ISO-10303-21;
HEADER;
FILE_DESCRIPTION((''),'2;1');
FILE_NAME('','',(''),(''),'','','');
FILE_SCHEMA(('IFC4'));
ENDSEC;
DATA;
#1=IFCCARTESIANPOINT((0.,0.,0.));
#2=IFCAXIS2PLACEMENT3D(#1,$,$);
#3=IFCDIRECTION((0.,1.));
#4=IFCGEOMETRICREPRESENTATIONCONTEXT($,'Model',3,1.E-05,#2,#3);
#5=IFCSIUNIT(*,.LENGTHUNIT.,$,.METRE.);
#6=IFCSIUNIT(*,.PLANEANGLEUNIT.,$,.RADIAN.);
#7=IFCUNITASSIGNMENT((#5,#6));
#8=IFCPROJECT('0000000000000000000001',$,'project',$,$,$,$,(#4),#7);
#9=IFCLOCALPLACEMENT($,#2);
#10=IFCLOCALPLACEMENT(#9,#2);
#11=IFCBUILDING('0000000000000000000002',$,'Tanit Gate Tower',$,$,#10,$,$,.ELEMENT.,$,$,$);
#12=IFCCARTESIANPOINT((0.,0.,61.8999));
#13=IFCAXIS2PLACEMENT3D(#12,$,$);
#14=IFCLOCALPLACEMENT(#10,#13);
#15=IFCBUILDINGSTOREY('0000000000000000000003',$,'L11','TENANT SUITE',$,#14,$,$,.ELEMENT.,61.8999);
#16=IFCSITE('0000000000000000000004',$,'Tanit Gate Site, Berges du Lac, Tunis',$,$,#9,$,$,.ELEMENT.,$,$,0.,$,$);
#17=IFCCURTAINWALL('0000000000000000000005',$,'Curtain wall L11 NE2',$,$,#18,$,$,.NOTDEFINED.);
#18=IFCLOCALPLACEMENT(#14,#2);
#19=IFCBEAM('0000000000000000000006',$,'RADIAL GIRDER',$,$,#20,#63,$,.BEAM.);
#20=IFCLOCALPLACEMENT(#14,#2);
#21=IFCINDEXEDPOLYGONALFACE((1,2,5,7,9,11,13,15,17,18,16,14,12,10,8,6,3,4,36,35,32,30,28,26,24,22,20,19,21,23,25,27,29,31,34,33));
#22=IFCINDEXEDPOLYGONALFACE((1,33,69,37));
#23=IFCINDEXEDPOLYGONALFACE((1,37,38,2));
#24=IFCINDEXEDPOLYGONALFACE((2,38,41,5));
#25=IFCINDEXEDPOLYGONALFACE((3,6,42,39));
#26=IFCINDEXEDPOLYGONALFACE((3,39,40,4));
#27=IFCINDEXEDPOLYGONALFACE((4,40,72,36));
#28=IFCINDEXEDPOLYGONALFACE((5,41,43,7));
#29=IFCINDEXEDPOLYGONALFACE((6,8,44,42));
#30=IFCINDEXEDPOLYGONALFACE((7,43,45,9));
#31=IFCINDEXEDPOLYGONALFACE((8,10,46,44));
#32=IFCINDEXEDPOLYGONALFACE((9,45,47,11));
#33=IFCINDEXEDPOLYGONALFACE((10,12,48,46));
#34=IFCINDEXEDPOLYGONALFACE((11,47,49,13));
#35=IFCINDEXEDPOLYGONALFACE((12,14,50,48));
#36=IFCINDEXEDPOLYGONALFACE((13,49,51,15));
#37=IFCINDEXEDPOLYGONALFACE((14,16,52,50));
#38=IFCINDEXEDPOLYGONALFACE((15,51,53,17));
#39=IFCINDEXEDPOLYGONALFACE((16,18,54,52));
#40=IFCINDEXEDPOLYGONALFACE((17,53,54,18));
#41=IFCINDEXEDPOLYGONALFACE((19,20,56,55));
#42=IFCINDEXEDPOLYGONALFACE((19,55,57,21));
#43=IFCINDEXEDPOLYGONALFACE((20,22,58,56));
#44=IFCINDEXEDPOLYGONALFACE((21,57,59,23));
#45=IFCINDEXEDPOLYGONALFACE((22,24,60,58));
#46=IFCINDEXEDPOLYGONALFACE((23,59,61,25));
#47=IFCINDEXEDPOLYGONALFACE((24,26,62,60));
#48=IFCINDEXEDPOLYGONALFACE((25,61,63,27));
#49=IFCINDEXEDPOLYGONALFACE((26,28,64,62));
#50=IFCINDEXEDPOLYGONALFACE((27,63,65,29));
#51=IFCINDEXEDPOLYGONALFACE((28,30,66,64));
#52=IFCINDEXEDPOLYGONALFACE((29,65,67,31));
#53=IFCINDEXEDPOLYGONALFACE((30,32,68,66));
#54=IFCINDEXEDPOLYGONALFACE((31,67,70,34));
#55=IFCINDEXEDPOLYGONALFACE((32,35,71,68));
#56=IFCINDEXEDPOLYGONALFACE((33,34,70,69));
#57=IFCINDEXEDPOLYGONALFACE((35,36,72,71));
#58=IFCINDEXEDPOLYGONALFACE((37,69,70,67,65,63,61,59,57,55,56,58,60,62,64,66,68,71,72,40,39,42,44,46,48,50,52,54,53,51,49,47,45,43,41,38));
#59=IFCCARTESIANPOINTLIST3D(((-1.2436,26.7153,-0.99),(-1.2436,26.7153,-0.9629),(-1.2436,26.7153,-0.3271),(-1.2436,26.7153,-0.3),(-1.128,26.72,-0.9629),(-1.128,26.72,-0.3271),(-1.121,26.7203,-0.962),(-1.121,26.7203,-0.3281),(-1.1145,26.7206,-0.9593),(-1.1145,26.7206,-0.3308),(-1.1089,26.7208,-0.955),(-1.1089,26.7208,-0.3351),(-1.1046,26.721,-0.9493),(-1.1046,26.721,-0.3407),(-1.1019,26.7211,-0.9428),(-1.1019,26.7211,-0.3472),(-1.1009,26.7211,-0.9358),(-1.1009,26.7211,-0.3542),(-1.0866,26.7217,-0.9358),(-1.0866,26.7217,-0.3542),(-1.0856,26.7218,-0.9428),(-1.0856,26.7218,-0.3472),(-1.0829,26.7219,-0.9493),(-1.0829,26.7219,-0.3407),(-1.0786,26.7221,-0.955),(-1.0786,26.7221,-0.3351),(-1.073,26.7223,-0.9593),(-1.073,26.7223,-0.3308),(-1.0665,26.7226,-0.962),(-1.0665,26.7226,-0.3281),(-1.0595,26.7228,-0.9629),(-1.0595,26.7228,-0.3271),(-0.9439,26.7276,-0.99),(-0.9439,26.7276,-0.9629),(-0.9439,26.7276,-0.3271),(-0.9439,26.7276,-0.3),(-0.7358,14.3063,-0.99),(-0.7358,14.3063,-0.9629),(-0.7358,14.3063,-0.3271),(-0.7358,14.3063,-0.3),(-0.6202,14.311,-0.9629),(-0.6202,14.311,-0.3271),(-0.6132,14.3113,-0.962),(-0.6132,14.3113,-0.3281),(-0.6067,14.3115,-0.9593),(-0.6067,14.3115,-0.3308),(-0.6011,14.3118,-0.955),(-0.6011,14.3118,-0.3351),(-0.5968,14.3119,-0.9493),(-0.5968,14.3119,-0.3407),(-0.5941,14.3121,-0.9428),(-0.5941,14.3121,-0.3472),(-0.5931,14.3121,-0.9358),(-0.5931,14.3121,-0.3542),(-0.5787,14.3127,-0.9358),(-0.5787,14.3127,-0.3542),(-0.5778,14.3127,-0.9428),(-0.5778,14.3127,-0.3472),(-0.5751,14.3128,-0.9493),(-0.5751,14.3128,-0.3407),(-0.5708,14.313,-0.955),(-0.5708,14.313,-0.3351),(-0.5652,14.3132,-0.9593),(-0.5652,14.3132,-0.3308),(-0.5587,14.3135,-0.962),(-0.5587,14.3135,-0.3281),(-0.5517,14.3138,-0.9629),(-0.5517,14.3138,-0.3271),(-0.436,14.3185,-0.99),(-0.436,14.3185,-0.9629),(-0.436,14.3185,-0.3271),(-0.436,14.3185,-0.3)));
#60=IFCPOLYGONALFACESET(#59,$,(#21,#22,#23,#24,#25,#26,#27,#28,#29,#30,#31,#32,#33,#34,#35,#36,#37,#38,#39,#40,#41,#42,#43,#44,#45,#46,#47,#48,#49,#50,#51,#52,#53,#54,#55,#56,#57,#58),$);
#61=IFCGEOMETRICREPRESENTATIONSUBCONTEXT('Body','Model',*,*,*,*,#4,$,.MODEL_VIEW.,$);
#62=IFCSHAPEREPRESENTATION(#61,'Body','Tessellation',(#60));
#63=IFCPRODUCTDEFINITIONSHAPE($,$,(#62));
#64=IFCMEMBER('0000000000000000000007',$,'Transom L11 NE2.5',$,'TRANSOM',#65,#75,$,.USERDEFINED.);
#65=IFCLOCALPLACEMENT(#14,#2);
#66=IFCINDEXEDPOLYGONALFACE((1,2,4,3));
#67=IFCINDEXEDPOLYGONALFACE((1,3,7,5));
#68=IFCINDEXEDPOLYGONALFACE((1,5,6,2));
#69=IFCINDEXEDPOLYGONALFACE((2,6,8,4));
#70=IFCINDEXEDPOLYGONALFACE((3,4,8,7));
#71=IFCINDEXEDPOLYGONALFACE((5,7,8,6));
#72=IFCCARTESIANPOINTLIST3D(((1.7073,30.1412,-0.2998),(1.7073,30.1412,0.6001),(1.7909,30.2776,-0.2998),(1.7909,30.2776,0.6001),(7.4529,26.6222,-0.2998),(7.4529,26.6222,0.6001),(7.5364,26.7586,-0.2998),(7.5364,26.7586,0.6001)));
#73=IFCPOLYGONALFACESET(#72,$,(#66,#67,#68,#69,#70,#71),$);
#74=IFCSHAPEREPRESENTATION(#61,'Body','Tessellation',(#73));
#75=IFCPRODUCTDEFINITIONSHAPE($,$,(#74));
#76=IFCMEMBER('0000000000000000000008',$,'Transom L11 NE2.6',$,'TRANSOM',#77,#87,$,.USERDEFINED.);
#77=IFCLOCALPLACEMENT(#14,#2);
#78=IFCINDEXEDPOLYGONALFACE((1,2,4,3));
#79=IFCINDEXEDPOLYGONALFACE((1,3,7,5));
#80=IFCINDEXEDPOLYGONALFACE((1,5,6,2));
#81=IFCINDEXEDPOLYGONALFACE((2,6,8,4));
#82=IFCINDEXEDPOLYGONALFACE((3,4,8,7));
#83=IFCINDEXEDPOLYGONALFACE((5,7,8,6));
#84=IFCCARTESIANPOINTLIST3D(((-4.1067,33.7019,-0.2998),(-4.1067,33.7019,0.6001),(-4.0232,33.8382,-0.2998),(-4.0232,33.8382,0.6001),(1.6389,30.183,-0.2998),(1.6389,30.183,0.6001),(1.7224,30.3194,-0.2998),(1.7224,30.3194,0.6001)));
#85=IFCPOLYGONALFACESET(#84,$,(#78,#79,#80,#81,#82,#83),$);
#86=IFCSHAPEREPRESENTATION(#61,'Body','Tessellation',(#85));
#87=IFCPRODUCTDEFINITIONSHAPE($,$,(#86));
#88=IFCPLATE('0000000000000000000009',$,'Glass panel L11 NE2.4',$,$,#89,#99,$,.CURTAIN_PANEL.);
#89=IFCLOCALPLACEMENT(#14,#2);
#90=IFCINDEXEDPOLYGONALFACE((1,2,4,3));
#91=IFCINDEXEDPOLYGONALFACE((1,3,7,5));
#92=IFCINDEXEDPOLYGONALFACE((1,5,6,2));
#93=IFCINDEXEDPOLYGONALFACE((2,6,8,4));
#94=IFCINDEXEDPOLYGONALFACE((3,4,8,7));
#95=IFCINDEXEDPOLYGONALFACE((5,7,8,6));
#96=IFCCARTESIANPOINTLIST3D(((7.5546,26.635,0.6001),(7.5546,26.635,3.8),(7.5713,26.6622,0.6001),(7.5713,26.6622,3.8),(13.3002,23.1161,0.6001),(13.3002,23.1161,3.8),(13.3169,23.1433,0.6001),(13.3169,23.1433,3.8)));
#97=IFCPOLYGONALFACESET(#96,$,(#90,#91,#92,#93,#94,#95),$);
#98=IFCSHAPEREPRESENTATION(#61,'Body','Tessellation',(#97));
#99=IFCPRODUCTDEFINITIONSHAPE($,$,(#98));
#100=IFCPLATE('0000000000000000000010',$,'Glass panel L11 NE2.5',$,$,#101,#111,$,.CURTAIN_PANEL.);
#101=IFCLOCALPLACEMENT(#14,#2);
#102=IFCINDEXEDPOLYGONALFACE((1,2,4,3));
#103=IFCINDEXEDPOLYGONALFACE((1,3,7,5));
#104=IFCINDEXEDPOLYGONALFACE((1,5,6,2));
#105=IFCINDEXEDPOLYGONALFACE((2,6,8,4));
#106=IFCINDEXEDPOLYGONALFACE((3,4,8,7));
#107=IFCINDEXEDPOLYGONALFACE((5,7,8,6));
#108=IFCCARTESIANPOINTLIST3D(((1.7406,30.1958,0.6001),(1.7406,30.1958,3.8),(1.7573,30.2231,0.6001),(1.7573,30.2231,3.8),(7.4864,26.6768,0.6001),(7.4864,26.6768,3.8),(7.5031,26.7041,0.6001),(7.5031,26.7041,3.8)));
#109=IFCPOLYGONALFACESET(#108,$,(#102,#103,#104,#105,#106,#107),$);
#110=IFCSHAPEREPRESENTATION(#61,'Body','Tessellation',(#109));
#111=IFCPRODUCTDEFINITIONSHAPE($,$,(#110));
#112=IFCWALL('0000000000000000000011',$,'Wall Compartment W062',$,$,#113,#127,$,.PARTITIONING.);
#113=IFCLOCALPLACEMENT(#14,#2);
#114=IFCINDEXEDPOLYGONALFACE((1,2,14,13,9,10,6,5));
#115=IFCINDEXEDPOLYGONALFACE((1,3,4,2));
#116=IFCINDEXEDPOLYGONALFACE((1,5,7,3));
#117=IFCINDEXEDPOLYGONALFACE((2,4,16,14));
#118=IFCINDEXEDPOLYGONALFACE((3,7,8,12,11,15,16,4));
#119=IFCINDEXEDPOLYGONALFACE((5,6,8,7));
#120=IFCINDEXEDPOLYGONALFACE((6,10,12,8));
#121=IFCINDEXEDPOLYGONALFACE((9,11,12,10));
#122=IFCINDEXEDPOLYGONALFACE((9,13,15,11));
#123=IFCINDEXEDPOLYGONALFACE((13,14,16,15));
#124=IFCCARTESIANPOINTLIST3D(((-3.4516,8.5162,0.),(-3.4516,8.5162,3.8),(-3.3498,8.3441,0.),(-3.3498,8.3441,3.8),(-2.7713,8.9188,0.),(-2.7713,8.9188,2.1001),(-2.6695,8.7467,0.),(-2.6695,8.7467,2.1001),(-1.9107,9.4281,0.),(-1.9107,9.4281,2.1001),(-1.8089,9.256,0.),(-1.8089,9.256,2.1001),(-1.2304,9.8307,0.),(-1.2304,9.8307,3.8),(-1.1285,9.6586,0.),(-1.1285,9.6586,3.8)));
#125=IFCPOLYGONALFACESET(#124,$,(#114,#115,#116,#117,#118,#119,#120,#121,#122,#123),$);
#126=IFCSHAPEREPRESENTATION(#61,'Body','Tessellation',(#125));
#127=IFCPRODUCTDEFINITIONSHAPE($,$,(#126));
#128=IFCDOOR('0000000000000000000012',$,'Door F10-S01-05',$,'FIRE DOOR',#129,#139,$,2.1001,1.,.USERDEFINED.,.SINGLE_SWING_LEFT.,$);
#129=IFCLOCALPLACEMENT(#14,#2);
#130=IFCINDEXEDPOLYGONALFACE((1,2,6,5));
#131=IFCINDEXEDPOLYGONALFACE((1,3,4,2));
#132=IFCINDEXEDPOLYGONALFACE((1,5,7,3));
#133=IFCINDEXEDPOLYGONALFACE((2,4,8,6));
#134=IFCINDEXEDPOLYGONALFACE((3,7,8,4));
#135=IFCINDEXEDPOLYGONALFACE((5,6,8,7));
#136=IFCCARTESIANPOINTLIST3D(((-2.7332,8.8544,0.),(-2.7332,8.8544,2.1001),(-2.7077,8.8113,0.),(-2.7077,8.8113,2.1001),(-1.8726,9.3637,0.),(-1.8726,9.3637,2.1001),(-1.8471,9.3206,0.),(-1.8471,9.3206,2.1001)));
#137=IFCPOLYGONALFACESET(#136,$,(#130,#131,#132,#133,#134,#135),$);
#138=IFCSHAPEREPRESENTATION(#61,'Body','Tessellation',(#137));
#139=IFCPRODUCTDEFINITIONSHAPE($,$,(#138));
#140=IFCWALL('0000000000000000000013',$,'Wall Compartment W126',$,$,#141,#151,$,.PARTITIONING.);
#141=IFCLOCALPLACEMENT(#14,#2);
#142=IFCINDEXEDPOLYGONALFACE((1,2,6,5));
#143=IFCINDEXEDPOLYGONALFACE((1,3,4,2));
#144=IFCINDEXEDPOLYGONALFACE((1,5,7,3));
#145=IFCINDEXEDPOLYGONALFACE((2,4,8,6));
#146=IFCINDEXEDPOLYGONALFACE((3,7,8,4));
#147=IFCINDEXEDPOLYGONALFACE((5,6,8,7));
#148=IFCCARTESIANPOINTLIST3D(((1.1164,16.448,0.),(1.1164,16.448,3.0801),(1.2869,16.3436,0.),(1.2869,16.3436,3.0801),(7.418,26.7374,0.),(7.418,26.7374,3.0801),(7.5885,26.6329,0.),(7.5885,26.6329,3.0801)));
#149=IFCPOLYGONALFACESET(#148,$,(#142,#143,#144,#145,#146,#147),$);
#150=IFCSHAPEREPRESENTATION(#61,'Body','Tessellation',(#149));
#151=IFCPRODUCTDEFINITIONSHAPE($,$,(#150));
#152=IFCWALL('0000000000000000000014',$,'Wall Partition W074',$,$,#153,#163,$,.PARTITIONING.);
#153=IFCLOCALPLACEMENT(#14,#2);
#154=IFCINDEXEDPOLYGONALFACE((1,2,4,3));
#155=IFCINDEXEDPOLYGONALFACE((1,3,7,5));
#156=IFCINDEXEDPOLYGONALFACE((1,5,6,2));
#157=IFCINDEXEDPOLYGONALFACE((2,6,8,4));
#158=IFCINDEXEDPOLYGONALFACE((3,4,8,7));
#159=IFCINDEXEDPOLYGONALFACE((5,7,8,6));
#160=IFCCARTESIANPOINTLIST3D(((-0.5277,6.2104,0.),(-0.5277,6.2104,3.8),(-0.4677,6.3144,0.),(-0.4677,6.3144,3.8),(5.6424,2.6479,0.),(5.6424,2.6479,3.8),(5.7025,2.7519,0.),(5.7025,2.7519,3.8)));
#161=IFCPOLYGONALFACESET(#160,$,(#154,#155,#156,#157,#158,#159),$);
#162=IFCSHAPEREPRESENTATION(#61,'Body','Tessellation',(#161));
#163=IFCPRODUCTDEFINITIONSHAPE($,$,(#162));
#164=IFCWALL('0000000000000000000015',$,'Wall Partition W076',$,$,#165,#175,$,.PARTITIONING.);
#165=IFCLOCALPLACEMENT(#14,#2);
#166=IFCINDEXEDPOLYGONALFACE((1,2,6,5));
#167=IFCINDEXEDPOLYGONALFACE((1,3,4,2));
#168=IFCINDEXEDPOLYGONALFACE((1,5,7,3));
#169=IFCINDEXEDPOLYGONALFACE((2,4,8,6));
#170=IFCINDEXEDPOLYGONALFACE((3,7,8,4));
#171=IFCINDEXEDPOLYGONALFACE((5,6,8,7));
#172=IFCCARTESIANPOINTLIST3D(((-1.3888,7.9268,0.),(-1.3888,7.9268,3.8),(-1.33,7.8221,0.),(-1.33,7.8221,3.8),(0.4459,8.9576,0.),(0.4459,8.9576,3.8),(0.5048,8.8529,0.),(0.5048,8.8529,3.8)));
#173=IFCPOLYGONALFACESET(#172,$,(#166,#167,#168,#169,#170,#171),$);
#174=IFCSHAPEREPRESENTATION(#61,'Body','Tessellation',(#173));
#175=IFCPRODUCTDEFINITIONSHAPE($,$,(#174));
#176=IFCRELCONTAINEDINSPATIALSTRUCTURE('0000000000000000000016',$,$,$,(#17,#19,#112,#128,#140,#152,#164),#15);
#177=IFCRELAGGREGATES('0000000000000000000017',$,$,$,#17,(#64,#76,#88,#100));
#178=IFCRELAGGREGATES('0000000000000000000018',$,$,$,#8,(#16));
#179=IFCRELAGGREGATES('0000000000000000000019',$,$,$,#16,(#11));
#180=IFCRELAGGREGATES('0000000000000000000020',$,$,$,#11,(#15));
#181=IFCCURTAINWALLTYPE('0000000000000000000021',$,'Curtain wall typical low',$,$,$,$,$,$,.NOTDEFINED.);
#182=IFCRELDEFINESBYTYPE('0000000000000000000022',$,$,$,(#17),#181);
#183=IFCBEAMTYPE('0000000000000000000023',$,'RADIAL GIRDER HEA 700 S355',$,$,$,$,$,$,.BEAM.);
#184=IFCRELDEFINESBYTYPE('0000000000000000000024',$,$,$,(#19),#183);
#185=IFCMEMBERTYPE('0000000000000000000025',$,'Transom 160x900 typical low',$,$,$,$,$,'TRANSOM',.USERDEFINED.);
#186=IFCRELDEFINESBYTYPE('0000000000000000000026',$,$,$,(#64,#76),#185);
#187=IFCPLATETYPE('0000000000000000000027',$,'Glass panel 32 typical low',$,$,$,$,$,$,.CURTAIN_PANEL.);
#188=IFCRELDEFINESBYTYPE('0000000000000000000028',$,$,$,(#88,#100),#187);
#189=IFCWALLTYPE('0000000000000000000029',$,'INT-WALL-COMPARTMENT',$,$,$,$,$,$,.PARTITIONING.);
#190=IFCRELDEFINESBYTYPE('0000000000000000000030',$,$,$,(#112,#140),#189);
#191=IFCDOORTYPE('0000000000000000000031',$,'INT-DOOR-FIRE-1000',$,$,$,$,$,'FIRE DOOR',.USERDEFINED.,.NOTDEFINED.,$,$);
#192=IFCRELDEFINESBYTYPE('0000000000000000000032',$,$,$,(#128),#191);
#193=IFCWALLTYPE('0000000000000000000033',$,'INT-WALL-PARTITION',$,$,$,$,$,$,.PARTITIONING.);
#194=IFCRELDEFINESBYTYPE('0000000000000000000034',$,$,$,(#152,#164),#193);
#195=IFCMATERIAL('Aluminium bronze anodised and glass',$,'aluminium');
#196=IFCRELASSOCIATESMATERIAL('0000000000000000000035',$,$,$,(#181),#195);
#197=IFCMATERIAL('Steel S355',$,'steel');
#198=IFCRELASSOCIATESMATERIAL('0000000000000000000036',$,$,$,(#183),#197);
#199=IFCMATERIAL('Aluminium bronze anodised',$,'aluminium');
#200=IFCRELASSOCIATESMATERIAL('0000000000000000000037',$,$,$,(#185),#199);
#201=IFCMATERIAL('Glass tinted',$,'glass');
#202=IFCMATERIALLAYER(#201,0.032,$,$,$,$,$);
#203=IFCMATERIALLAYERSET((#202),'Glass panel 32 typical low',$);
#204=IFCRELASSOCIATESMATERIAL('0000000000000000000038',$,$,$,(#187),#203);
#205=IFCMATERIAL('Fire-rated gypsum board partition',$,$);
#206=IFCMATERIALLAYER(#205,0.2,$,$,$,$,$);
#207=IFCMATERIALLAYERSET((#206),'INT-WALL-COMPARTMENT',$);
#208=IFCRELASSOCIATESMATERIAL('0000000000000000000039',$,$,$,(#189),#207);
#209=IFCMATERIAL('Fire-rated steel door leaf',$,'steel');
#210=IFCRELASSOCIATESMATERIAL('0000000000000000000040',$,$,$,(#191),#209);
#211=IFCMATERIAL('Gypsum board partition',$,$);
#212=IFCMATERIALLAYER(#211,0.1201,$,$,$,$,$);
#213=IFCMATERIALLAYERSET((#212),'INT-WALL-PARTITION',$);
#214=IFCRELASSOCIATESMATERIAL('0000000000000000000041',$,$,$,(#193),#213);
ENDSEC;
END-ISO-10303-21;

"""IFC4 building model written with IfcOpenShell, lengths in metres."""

from ifc_helpers import new_model, si_unit, direction, frame, frame_2d, origin, origin_2d, place, context, subcontext, project, spatial, rectangle, i_section, extrude, material, layer, layer_set, material_profile, profile_set, type_object, element, fill, aggregate, save


model = new_model("IFC4")

# Units and contexts
model_context = context("Model", 3, precision=1e-05, world=origin(), true_north=direction((0.0, 1.0)))
body_context = subcontext(model_context, "Body", "Model", "MODEL_VIEW")
ifc_project = project(units=[si_unit("LENGTHUNIT", "METRE"), si_unit("PLANEANGLEUNIT", "RADIAN")], contexts=[model_context])

# Site, building, storey
site_placement = place(None, origin())
site = spatial("IfcSite", under=ifc_project, at=site_placement, Name="Tanit Gate Site, Berges du Lac, Tunis", CompositionType="ELEMENT", RefElevation=0.0)
building_placement = place(site_placement, origin())
building = spatial("IfcBuilding", under=site, at=building_placement, Name="Tanit Gate Tower", CompositionType="ELEMENT")
storey_placement = place(building_placement, frame((0.0, 0.0, 61.8999)))
storey = spatial("IfcBuildingStorey", under=building, at=storey_placement, Name="L11", Description="TENANT SUITE", CompositionType="ELEMENT", Elevation=61.8999)

# Curtain wall
ifc_material_1 = material(Name="Aluminium bronze anodised and glass", Category="aluminium")
curtain_wall_type = type_object("IfcCurtainWallType", Name="Curtain wall typical low", PredefinedType="NOTDEFINED", material=ifc_material_1)
curtain_wall_placement = place(storey_placement, origin())
curtain_wall = element("IfcCurtainWall", 1, at=curtain_wall_placement, inside=storey, type_object=curtain_wall_type, Name="Curtain wall L11 NE2", PredefinedType="NOTDEFINED")

# Beam
ifc_material_2 = material(Name="Steel S355", Category="steel")
ifc_material_profile_1 = material_profile(ifc_material_2, i_section(OverallWidth=0.3, OverallDepth=0.6899, WebThickness=0.0144, FlangeThickness=0.0271, FilletRadius=0.0271, at=origin_2d()), Name="HEA 700")
ifc_profile_set_1 = profile_set([ifc_material_profile_1], Name="Steel S355")
beam_type = type_object("IfcBeamType", Name="RADIAL GIRDER HEA 700 S355", PredefinedType="BEAM", material=ifc_profile_set_1)
beam_1_placement = place(storey_placement, frame((-1.0938, 26.7214, -0.645), z_axis=(0.040889, -0.999164, 0.0), x_axis=(0.999164, 0.040889, 0.0)))
element("IfcBeam", 2, at=beam_1_placement, inside=storey, type_object=beam_type, Name="RADIAL GIRDER", PredefinedType="BEAM", context=body_context, shape_type="SweptSolid", body=[
    extrude(i_section(OverallWidth=0.3, OverallDepth=0.6899, WebThickness=0.0144, FlangeThickness=0.0271, FilletRadius=0.0271, at=origin_2d()), origin(), (0.0, 0.0, 1.0), 12.4194),
])

# Members
ifc_material_3 = material(Name="Aluminium bronze anodised", Category="aluminium")
ifc_material_profile_2 = material_profile(ifc_material_3, rectangle(XDim=0.1599, YDim=0.8999, at=origin_2d()), Name="160x900 bronze transom")
ifc_profile_set_2 = profile_set([ifc_material_profile_2], Name="Aluminium bronze anodised")
member_type_1 = type_object("IfcMemberType", Name="Transom 160x900 typical low", ElementType="TRANSOM", PredefinedType="USERDEFINED", material=ifc_profile_set_2)
member_1_placement = place(storey_placement, frame((7.4946, 26.6904, 0.1501), z_axis=(-0.852764, 0.522297, 0.0), x_axis=(-0.522297, -0.852764, 0.0)))
member_1 = element("IfcMember", 3, at=member_1_placement, type_object=member_type_1, Name="Transom L11 NE2.5", ObjectType="TRANSOM", PredefinedType="USERDEFINED", context=body_context, shape_type="SweptSolid", body=[
    extrude(rectangle(XDim=0.1599, YDim=0.8999, at=origin_2d()), origin(), (0.0, 0.0, 1.0), 6.7375),
])
member_2_placement = place(storey_placement, frame((1.6807, 30.2512, 0.1501), z_axis=(-0.85278, 0.522271, 0.0), x_axis=(-0.522271, -0.85278, 0.0)))
member_2 = element("IfcMember", 4, at=member_2_placement, type_object=member_type_1, Name="Transom L11 NE2.6", ObjectType="TRANSOM", PredefinedType="USERDEFINED", context=body_context, shape_type="SweptSolid", body=[
    extrude(rectangle(XDim=0.1599, YDim=0.8999, at=origin_2d()), origin(), (0.0, 0.0, 1.0), 6.7375),
])

# Plates
ifc_material_4 = material(Name="Glass tinted", Category="glass")
ifc_layer_1 = layer(ifc_material_4, 0.032)
ifc_layer_set_1 = layer_set([ifc_layer_1], Name="Glass panel 32 typical low")
plate_type = type_object("IfcPlateType", Name="Glass panel 32 typical low", PredefinedType="CURTAIN_PANEL", material=ifc_layer_set_1)
plate_1_placement = place(storey_placement, frame((10.4358, 24.8892, 0.6001), z_axis=(0.0, 0.0, 1.0), x_axis=(-0.852772, 0.522283, 0.0)))
plate_1 = element("IfcPlate", 5, at=plate_1_placement, type_object=plate_type, Name="Glass panel L11 NE2.4", PredefinedType="CURTAIN_PANEL", context=body_context, shape_type="SweptSolid", body=[
    extrude(rectangle(XDim=6.7375, YDim=0.032, at=origin_2d()), origin(), (0.0, 0.0, 1.0), 3.2),
])
plate_2_placement = place(storey_placement, frame((4.6218, 28.45, 0.6001), z_axis=(0.0, 0.0, 1.0), x_axis=(-0.852772, 0.522283, 0.0)))
plate_2 = element("IfcPlate", 6, at=plate_2_placement, type_object=plate_type, Name="Glass panel L11 NE2.5", PredefinedType="CURTAIN_PANEL", context=body_context, shape_type="SweptSolid", body=[
    extrude(rectangle(XDim=6.7378, YDim=0.032, at=origin_2d()), origin(), (0.0, 0.0, 1.0), 3.2),
])
aggregate(curtain_wall, [member_1, member_2, plate_1, plate_2])

# Wall, opening, door
ifc_material_5 = material(Name="Fire-rated gypsum board partition")
ifc_layer_2 = layer(ifc_material_5, 0.2)
ifc_layer_set_2 = layer_set([ifc_layer_2], Name="INT-WALL-COMPARTMENT")
wall_type_1 = type_object("IfcWallType", Name="INT-WALL-COMPARTMENT", PredefinedType="PARTITIONING", material=ifc_layer_set_2)
wall_1_placement = place(storey_placement, frame((-1.1794, 9.7446, 0.0), z_axis=(0.0, 0.0, 1.0), x_axis=(-0.860599, -0.509284, 0.0)))
wall_1 = element("IfcWall", 7, at=wall_1_placement, inside=storey, type_object=wall_type_1, Name="Wall Compartment W062", PredefinedType="PARTITIONING", context=body_context, shape_type="SweptSolid", body=[
    extrude(rectangle(XDim=2.5811, YDim=0.2, at=frame_2d((1.2905, 0.0))), origin(), (0.0, 0.0, 1.0), 3.8),
])
opening_placement = place(wall_1_placement, frame((0.7905, 0.0, 0.0)))
opening = element("IfcOpeningElement", 8, at=opening_placement, cuts=wall_1, PredefinedType="OPENING", context=body_context, shape_type="SweptSolid", body=[
    extrude(rectangle(XDim=1.0, YDim=2.1001, at=frame_2d((0.5, 1.05))), frame((0.0, 0.1099, 0.0), z_axis=(0.0, -1.0, 0.0), x_axis=(1.0, 0.0, 0.0)), (0.0, 0.0, 1.0), 0.22),
])
ifc_material_6 = material(Name="Fire-rated steel door leaf", Category="steel")
door_type = type_object("IfcDoorType", Name="INT-DOOR-FIRE-1000", ElementType="FIRE DOOR", OperationType="NOTDEFINED", PredefinedType="USERDEFINED", material=ifc_material_6)
door_placement = place(opening_placement, origin())
door = element("IfcDoor", 9, at=door_placement, inside=storey, type_object=door_type, Name="Door F10-S01-05", ObjectType="FIRE DOOR", OperationType="SINGLE_SWING_LEFT", OverallHeight=2.1001, OverallWidth=1.0, PredefinedType="USERDEFINED", context=body_context, shape_type="SweptSolid", body=[
    extrude(rectangle(XDim=1.0, YDim=2.1001, at=frame_2d((0.5, 1.05))), frame((0.0, 0.0249, 0.0), z_axis=(0.0, -1.0, 0.0), x_axis=(1.0, 0.0, 0.0)), (0.0, 0.0, 1.0), 0.05),
])
fill(opening, door)

# Walls
wall_2_placement = place(storey_placement, frame((7.5032, 26.6851, 0.0), z_axis=(0.0, 0.0, 1.0), x_axis=(-0.522271, -0.85278, 0.0)))
element("IfcWall", 10, at=wall_2_placement, inside=storey, type_object=wall_type_1, Name="Wall Compartment W126", PredefinedType="PARTITIONING", context=body_context, shape_type="SweptSolid", body=[
    extrude(rectangle(XDim=12.0657, YDim=0.2, at=frame_2d((6.0327, 0.0))), origin(), (0.0, 0.0, 1.0), 3.0801),
])
ifc_material_7 = material(Name="Gypsum board partition")
ifc_layer_3 = layer(ifc_material_7, 0.1201)
ifc_layer_set_3 = layer_set([ifc_layer_3], Name="INT-WALL-PARTITION")
wall_type_2 = type_object("IfcWallType", Name="INT-WALL-PARTITION", PredefinedType="PARTITIONING", material=ifc_layer_set_3)
wall_3_placement = place(storey_placement, frame((-0.4978, 6.2625, 0.0), z_axis=(0.0, 0.0, 1.0), x_axis=(0.866016, -0.500016, 0.0)))
element("IfcWall", 11, at=wall_3_placement, inside=storey, type_object=wall_type_2, Name="Wall Partition W074", PredefinedType="PARTITIONING", context=body_context, shape_type="SweptSolid", body=[
    extrude(rectangle(XDim=7.1248, YDim=0.1201, at=frame_2d((3.5625, 0.0))), origin(), (0.0, 0.0, 1.0), 3.8),
])
wall_4_placement = place(storey_placement, frame((0.4753, 8.9053, 0.0), z_axis=(0.0, 0.0, 1.0), x_axis=(-0.871833, -0.489804, 0.0)))
element("IfcWall", 12, at=wall_4_placement, inside=storey, type_object=wall_type_2, Name="Wall Partition W076", PredefinedType="PARTITIONING", context=body_context, shape_type="SweptSolid", body=[
    extrude(rectangle(XDim=2.1045, YDim=0.1201, at=frame_2d((1.0522, 0.0))), origin(), (0.0, 0.0, 1.0), 3.8),
])

save(model, "model.ifc")
